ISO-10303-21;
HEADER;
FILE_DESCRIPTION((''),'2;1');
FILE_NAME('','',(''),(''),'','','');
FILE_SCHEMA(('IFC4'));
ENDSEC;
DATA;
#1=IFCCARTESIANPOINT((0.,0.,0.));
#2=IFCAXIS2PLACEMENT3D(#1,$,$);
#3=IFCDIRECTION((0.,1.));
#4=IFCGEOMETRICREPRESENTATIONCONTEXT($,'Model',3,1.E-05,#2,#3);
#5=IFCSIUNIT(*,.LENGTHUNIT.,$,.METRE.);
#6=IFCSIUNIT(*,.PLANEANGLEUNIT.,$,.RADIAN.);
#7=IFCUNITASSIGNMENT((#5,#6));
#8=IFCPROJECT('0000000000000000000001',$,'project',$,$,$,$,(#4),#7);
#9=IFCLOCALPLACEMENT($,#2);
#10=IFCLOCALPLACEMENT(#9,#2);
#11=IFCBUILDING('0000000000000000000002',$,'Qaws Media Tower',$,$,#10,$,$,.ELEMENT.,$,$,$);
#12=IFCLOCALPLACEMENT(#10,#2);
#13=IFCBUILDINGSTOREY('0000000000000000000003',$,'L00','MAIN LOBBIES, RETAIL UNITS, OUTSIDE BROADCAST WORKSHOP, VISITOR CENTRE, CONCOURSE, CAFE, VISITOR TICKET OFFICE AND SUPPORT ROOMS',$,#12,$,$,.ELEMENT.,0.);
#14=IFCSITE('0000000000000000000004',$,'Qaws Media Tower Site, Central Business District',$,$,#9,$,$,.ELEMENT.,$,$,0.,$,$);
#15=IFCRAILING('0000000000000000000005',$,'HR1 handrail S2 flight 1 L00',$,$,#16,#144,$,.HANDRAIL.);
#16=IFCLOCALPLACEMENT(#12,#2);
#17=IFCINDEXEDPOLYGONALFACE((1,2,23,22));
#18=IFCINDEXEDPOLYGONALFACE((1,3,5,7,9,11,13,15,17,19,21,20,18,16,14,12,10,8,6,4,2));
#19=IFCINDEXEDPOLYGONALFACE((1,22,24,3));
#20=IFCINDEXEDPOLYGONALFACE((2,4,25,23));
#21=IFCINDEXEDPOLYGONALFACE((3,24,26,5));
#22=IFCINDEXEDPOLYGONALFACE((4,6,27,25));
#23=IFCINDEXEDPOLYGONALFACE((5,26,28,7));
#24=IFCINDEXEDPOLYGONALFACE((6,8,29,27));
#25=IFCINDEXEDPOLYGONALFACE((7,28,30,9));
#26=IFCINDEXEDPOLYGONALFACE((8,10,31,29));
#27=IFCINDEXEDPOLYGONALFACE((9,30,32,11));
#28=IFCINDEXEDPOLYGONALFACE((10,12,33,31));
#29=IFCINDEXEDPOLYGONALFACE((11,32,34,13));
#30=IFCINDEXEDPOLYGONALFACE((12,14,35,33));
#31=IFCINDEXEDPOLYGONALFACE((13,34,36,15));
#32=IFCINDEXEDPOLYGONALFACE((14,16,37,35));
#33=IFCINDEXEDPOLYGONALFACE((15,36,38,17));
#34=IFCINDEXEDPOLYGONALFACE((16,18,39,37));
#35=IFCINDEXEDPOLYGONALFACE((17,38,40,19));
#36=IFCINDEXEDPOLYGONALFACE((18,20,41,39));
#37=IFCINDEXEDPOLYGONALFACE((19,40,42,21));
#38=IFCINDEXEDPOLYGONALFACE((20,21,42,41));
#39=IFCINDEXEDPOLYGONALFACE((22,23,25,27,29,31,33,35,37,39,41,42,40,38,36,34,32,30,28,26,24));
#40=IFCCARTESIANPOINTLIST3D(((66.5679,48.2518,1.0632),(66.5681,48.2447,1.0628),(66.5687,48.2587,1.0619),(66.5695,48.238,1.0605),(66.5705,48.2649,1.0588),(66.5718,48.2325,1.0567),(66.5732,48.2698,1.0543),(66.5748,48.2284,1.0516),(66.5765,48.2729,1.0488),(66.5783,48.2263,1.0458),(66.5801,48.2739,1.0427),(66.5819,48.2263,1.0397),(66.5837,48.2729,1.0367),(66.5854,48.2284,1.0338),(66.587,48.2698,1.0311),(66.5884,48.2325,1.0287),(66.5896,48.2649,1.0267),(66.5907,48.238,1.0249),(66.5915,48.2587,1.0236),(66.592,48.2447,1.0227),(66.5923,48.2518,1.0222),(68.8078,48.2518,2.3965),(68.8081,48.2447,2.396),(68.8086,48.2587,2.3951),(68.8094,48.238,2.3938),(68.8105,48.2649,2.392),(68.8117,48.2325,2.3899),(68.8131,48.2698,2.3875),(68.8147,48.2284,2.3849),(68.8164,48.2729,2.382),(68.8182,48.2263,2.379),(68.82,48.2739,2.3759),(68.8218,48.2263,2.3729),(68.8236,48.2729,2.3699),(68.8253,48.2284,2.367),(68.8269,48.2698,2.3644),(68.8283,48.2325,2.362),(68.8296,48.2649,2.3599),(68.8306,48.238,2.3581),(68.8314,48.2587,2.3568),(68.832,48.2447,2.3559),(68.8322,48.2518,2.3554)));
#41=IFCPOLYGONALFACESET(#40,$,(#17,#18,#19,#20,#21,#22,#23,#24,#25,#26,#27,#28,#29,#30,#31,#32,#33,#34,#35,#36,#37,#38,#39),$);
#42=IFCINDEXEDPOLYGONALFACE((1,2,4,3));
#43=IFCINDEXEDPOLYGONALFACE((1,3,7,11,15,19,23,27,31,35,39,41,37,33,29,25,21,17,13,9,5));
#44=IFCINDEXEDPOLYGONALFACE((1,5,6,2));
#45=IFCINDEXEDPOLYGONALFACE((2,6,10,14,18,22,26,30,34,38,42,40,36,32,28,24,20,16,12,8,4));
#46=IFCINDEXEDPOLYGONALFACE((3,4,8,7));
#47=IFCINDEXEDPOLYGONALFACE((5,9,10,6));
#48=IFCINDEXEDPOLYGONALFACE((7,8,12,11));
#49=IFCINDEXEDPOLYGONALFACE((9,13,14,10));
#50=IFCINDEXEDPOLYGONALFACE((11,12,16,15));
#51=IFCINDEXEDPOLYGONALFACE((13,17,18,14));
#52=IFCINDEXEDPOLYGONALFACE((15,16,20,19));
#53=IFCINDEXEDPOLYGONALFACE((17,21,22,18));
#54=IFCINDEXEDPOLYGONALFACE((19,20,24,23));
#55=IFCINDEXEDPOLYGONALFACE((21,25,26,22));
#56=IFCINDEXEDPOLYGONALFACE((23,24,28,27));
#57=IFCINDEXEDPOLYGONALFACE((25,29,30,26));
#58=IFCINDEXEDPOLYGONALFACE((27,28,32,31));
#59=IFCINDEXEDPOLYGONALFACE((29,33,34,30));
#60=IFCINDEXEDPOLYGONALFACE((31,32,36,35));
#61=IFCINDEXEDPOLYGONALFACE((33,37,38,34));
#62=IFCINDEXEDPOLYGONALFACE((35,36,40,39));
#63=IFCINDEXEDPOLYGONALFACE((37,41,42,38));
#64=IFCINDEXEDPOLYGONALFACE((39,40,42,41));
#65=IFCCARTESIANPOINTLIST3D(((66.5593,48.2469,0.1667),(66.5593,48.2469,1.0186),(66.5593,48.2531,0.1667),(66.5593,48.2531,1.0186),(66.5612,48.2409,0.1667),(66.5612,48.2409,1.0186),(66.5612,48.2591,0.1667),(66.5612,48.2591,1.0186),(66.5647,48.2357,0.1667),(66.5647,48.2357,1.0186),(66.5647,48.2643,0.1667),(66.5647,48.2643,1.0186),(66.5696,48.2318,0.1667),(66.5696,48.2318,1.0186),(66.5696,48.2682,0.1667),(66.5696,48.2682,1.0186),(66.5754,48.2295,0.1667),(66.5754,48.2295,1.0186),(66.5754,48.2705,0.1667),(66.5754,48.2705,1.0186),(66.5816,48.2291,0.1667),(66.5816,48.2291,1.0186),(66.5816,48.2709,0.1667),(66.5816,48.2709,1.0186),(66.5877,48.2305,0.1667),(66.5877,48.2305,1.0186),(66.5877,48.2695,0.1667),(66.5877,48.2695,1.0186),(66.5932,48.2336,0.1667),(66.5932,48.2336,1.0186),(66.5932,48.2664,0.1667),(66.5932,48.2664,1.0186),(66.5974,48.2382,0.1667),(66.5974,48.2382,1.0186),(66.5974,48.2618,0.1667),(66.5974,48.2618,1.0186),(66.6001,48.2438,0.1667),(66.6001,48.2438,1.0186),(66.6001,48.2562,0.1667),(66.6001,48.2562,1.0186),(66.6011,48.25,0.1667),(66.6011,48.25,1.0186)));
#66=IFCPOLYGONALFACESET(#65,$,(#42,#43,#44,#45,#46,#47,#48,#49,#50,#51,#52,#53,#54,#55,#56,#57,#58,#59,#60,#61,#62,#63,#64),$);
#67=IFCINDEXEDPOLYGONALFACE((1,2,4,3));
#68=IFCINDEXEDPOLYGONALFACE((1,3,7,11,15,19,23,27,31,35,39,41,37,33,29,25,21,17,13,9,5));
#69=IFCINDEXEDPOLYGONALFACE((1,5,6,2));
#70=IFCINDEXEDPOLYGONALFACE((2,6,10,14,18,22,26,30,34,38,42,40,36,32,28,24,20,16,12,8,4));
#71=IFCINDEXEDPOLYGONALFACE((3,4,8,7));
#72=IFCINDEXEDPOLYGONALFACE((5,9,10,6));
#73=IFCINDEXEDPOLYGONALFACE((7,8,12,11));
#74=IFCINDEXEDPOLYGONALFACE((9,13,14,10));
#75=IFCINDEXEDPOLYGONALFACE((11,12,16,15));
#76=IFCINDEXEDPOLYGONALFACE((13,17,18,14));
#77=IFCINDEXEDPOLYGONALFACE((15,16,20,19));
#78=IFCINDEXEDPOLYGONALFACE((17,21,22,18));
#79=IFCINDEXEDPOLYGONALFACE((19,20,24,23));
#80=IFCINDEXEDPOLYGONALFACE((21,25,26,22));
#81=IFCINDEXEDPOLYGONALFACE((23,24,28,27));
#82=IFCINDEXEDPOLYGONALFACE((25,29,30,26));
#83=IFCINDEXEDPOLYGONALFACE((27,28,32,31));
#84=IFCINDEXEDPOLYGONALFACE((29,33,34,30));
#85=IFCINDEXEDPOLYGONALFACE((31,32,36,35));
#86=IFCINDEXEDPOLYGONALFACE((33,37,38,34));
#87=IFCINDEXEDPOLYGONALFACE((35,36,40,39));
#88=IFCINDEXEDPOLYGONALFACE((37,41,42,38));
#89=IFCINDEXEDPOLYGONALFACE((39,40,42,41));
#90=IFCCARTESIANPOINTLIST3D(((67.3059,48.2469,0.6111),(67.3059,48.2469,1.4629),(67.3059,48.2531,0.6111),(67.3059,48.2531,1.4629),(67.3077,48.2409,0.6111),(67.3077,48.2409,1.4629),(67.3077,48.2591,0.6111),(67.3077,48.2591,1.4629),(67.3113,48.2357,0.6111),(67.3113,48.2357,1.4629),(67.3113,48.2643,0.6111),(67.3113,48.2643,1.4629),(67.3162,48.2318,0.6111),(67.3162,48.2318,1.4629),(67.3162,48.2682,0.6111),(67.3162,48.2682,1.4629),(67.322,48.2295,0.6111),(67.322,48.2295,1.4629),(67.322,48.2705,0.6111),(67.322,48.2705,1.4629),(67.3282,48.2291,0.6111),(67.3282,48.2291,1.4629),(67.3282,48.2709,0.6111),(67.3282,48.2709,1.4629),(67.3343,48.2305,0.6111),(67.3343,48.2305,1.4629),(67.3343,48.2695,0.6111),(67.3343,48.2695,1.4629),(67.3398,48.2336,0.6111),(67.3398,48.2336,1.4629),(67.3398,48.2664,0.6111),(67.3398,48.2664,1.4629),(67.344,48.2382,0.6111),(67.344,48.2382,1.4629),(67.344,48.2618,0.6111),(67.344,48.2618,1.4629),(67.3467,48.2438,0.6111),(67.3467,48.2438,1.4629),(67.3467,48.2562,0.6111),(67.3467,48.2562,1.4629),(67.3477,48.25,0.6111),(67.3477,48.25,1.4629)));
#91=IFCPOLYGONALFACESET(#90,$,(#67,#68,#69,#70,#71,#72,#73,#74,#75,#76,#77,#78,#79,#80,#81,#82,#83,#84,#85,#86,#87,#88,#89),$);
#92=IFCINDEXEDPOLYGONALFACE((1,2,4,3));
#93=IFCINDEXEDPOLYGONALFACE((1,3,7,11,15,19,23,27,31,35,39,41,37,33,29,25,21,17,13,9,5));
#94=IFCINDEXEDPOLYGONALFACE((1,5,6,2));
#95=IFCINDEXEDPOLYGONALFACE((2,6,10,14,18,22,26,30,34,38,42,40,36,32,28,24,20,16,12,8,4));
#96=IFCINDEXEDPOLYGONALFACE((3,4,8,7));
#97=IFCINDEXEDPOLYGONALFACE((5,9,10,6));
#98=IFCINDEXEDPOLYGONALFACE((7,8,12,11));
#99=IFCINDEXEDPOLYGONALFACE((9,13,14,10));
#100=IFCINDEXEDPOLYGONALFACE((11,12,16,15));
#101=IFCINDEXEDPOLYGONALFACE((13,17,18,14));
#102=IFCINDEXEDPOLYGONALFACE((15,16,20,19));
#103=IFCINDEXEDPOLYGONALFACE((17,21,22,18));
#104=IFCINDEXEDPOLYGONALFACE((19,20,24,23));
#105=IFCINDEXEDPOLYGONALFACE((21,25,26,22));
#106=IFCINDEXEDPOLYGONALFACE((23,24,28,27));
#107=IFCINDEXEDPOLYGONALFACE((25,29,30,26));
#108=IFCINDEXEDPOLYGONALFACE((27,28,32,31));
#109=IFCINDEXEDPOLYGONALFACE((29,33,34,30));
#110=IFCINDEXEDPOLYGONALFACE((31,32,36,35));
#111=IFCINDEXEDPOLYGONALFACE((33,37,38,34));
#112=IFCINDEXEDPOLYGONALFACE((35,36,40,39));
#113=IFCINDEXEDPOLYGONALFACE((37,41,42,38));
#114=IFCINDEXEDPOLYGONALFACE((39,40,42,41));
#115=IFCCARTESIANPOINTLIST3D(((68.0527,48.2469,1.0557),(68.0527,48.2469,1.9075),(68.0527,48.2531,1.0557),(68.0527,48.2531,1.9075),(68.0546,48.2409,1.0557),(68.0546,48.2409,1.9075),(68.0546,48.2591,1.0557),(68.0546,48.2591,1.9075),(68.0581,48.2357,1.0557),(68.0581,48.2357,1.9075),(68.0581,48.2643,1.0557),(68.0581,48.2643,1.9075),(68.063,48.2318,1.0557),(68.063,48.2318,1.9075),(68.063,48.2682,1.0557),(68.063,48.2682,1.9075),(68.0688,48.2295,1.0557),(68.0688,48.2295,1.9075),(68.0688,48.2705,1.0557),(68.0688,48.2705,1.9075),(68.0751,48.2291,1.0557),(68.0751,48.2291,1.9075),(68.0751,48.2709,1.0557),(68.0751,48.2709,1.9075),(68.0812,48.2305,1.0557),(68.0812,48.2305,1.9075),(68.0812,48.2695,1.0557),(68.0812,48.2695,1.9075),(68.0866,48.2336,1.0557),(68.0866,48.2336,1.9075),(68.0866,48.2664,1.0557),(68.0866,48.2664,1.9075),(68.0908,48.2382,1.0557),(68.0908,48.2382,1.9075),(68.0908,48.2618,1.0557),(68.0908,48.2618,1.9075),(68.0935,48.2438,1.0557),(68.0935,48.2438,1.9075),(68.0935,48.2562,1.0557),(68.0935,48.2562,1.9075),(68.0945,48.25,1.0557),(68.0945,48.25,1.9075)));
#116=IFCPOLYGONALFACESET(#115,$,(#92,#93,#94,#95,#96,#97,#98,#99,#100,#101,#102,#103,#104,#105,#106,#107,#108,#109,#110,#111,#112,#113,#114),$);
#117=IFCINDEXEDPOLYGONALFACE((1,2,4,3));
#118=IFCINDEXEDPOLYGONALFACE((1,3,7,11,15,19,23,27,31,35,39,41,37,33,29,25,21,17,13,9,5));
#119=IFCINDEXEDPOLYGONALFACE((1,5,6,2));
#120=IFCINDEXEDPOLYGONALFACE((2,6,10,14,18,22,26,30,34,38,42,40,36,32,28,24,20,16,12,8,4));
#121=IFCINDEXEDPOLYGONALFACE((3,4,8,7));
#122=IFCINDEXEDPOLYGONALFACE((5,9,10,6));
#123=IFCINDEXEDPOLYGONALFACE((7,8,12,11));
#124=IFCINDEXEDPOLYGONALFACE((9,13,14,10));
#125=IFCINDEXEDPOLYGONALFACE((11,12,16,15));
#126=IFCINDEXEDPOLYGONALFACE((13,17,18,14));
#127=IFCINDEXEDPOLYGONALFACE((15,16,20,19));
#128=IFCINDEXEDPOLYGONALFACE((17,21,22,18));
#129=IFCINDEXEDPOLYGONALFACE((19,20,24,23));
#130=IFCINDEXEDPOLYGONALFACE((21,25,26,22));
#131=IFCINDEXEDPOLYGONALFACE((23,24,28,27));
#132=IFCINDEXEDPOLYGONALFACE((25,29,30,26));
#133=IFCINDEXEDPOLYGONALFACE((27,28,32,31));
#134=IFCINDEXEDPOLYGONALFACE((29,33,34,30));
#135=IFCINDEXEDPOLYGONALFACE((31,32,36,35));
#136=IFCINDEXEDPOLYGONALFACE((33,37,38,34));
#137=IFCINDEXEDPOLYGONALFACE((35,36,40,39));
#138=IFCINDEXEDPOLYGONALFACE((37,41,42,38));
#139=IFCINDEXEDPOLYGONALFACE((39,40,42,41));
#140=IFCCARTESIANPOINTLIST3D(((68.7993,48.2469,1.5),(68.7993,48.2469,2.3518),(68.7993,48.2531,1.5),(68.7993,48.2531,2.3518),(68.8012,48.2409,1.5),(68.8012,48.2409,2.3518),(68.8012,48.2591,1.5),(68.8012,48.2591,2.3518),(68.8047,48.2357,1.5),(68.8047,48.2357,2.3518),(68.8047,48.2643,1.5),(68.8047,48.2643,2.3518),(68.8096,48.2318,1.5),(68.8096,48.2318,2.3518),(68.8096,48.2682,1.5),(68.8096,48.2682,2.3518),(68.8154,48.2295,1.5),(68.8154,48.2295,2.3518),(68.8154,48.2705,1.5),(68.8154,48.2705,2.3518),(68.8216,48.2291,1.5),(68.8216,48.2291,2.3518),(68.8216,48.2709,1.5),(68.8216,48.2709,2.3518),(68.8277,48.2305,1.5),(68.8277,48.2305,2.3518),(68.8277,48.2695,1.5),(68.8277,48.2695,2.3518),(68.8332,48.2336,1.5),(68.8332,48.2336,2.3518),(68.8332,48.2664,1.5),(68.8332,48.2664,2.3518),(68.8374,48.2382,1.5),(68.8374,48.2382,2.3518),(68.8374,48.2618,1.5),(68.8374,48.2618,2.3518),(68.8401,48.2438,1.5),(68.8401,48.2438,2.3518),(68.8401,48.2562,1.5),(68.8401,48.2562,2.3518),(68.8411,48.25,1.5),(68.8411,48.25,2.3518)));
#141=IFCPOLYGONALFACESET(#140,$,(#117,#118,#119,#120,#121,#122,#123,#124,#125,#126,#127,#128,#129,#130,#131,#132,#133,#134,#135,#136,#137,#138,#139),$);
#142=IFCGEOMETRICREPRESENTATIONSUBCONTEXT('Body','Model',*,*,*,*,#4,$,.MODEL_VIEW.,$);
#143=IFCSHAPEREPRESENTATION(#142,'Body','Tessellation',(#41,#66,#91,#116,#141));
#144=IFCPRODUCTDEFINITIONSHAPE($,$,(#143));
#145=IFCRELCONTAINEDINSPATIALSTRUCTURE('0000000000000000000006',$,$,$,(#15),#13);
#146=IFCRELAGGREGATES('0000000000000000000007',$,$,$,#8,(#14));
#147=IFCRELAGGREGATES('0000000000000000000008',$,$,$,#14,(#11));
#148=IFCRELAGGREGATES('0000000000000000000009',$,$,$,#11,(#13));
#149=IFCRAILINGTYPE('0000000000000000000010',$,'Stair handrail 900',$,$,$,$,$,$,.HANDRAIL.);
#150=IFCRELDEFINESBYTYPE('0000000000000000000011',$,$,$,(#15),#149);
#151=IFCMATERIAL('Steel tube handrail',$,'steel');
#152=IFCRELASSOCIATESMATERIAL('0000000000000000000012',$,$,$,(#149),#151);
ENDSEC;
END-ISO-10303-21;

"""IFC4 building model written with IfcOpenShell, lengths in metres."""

from ifc_helpers import new_model, si_unit, direction, frame, origin, origin_2d, place, context, subcontext, project, spatial, circle, extrude, material, type_object, element, save


model = new_model("IFC4")

# Units and contexts
model_context = context("Model", 3, precision=1e-05, world=origin(), true_north=direction((0.0, 1.0)))
body_context = subcontext(model_context, "Body", "Model", "MODEL_VIEW")
ifc_project = project(units=[si_unit("LENGTHUNIT", "METRE"), si_unit("PLANEANGLEUNIT", "RADIAN")], contexts=[model_context])

# Site, building, storey
site_placement = place(None, origin())
site = spatial("IfcSite", under=ifc_project, at=site_placement, Name="Qaws Media Tower Site, Central Business District", CompositionType="ELEMENT", RefElevation=0.0)
building_placement = place(site_placement, origin())
building = spatial("IfcBuilding", under=site, at=building_placement, Name="Qaws Media Tower", CompositionType="ELEMENT")
storey_placement = place(building_placement, origin())
storey = spatial("IfcBuildingStorey", under=building, at=storey_placement, Name="L00", Description="MAIN LOBBIES, RETAIL UNITS, OUTSIDE BROADCAST WORKSHOP, VISITOR CENTRE, CONCOURSE, CAFE, VISITOR TICKET OFFICE AND SUPPORT ROOMS", CompositionType="ELEMENT", Elevation=0.0)

# Railing
ifc_material_1 = material(Name="Steel tube handrail", Category="steel")
railing_type = type_object("IfcRailingType", Name="Stair handrail 900", PredefinedType="HANDRAIL", material=ifc_material_1)
for number, where, name in (
    (1, (66.5801, 48.25, 0.1667), "HR1 handrail S2 flight 1 L00"),
):
    element("IfcRailing", number, at=place(storey_placement, frame(where)), inside=storey, type_object=railing_type, Name=name, PredefinedType="HANDRAIL", context=body_context, shape_type="SweptSolid", body=[
        extrude(circle(Radius=0.0239, at=origin_2d()), frame((0.0, 0.0, 0.876), z_axis=(0.859306, 0.0, 0.511462), x_axis=(0.0, 1.0, 0.0)), (0.0, 0.0, 1.0), 2.6067),
        extrude(circle(Radius=0.021, at=origin_2d()), origin(), (0.0, 0.0, 1.0), 0.8518),
        extrude(circle(Radius=0.021, at=origin_2d()), frame((0.7466, 0.0, 0.4443)), (0.0, 0.0, 1.0), 0.8518),
        extrude(circle(Radius=0.021, at=origin_2d()), frame((1.4934, 0.0, 0.8889)), (0.0, 0.0, 1.0), 0.8518),
        extrude(circle(Radius=0.021, at=origin_2d()), frame((2.24, 0.0, 1.3333)), (0.0, 0.0, 1.0), 0.8518),
    ])

save(model, "model.ifc")
